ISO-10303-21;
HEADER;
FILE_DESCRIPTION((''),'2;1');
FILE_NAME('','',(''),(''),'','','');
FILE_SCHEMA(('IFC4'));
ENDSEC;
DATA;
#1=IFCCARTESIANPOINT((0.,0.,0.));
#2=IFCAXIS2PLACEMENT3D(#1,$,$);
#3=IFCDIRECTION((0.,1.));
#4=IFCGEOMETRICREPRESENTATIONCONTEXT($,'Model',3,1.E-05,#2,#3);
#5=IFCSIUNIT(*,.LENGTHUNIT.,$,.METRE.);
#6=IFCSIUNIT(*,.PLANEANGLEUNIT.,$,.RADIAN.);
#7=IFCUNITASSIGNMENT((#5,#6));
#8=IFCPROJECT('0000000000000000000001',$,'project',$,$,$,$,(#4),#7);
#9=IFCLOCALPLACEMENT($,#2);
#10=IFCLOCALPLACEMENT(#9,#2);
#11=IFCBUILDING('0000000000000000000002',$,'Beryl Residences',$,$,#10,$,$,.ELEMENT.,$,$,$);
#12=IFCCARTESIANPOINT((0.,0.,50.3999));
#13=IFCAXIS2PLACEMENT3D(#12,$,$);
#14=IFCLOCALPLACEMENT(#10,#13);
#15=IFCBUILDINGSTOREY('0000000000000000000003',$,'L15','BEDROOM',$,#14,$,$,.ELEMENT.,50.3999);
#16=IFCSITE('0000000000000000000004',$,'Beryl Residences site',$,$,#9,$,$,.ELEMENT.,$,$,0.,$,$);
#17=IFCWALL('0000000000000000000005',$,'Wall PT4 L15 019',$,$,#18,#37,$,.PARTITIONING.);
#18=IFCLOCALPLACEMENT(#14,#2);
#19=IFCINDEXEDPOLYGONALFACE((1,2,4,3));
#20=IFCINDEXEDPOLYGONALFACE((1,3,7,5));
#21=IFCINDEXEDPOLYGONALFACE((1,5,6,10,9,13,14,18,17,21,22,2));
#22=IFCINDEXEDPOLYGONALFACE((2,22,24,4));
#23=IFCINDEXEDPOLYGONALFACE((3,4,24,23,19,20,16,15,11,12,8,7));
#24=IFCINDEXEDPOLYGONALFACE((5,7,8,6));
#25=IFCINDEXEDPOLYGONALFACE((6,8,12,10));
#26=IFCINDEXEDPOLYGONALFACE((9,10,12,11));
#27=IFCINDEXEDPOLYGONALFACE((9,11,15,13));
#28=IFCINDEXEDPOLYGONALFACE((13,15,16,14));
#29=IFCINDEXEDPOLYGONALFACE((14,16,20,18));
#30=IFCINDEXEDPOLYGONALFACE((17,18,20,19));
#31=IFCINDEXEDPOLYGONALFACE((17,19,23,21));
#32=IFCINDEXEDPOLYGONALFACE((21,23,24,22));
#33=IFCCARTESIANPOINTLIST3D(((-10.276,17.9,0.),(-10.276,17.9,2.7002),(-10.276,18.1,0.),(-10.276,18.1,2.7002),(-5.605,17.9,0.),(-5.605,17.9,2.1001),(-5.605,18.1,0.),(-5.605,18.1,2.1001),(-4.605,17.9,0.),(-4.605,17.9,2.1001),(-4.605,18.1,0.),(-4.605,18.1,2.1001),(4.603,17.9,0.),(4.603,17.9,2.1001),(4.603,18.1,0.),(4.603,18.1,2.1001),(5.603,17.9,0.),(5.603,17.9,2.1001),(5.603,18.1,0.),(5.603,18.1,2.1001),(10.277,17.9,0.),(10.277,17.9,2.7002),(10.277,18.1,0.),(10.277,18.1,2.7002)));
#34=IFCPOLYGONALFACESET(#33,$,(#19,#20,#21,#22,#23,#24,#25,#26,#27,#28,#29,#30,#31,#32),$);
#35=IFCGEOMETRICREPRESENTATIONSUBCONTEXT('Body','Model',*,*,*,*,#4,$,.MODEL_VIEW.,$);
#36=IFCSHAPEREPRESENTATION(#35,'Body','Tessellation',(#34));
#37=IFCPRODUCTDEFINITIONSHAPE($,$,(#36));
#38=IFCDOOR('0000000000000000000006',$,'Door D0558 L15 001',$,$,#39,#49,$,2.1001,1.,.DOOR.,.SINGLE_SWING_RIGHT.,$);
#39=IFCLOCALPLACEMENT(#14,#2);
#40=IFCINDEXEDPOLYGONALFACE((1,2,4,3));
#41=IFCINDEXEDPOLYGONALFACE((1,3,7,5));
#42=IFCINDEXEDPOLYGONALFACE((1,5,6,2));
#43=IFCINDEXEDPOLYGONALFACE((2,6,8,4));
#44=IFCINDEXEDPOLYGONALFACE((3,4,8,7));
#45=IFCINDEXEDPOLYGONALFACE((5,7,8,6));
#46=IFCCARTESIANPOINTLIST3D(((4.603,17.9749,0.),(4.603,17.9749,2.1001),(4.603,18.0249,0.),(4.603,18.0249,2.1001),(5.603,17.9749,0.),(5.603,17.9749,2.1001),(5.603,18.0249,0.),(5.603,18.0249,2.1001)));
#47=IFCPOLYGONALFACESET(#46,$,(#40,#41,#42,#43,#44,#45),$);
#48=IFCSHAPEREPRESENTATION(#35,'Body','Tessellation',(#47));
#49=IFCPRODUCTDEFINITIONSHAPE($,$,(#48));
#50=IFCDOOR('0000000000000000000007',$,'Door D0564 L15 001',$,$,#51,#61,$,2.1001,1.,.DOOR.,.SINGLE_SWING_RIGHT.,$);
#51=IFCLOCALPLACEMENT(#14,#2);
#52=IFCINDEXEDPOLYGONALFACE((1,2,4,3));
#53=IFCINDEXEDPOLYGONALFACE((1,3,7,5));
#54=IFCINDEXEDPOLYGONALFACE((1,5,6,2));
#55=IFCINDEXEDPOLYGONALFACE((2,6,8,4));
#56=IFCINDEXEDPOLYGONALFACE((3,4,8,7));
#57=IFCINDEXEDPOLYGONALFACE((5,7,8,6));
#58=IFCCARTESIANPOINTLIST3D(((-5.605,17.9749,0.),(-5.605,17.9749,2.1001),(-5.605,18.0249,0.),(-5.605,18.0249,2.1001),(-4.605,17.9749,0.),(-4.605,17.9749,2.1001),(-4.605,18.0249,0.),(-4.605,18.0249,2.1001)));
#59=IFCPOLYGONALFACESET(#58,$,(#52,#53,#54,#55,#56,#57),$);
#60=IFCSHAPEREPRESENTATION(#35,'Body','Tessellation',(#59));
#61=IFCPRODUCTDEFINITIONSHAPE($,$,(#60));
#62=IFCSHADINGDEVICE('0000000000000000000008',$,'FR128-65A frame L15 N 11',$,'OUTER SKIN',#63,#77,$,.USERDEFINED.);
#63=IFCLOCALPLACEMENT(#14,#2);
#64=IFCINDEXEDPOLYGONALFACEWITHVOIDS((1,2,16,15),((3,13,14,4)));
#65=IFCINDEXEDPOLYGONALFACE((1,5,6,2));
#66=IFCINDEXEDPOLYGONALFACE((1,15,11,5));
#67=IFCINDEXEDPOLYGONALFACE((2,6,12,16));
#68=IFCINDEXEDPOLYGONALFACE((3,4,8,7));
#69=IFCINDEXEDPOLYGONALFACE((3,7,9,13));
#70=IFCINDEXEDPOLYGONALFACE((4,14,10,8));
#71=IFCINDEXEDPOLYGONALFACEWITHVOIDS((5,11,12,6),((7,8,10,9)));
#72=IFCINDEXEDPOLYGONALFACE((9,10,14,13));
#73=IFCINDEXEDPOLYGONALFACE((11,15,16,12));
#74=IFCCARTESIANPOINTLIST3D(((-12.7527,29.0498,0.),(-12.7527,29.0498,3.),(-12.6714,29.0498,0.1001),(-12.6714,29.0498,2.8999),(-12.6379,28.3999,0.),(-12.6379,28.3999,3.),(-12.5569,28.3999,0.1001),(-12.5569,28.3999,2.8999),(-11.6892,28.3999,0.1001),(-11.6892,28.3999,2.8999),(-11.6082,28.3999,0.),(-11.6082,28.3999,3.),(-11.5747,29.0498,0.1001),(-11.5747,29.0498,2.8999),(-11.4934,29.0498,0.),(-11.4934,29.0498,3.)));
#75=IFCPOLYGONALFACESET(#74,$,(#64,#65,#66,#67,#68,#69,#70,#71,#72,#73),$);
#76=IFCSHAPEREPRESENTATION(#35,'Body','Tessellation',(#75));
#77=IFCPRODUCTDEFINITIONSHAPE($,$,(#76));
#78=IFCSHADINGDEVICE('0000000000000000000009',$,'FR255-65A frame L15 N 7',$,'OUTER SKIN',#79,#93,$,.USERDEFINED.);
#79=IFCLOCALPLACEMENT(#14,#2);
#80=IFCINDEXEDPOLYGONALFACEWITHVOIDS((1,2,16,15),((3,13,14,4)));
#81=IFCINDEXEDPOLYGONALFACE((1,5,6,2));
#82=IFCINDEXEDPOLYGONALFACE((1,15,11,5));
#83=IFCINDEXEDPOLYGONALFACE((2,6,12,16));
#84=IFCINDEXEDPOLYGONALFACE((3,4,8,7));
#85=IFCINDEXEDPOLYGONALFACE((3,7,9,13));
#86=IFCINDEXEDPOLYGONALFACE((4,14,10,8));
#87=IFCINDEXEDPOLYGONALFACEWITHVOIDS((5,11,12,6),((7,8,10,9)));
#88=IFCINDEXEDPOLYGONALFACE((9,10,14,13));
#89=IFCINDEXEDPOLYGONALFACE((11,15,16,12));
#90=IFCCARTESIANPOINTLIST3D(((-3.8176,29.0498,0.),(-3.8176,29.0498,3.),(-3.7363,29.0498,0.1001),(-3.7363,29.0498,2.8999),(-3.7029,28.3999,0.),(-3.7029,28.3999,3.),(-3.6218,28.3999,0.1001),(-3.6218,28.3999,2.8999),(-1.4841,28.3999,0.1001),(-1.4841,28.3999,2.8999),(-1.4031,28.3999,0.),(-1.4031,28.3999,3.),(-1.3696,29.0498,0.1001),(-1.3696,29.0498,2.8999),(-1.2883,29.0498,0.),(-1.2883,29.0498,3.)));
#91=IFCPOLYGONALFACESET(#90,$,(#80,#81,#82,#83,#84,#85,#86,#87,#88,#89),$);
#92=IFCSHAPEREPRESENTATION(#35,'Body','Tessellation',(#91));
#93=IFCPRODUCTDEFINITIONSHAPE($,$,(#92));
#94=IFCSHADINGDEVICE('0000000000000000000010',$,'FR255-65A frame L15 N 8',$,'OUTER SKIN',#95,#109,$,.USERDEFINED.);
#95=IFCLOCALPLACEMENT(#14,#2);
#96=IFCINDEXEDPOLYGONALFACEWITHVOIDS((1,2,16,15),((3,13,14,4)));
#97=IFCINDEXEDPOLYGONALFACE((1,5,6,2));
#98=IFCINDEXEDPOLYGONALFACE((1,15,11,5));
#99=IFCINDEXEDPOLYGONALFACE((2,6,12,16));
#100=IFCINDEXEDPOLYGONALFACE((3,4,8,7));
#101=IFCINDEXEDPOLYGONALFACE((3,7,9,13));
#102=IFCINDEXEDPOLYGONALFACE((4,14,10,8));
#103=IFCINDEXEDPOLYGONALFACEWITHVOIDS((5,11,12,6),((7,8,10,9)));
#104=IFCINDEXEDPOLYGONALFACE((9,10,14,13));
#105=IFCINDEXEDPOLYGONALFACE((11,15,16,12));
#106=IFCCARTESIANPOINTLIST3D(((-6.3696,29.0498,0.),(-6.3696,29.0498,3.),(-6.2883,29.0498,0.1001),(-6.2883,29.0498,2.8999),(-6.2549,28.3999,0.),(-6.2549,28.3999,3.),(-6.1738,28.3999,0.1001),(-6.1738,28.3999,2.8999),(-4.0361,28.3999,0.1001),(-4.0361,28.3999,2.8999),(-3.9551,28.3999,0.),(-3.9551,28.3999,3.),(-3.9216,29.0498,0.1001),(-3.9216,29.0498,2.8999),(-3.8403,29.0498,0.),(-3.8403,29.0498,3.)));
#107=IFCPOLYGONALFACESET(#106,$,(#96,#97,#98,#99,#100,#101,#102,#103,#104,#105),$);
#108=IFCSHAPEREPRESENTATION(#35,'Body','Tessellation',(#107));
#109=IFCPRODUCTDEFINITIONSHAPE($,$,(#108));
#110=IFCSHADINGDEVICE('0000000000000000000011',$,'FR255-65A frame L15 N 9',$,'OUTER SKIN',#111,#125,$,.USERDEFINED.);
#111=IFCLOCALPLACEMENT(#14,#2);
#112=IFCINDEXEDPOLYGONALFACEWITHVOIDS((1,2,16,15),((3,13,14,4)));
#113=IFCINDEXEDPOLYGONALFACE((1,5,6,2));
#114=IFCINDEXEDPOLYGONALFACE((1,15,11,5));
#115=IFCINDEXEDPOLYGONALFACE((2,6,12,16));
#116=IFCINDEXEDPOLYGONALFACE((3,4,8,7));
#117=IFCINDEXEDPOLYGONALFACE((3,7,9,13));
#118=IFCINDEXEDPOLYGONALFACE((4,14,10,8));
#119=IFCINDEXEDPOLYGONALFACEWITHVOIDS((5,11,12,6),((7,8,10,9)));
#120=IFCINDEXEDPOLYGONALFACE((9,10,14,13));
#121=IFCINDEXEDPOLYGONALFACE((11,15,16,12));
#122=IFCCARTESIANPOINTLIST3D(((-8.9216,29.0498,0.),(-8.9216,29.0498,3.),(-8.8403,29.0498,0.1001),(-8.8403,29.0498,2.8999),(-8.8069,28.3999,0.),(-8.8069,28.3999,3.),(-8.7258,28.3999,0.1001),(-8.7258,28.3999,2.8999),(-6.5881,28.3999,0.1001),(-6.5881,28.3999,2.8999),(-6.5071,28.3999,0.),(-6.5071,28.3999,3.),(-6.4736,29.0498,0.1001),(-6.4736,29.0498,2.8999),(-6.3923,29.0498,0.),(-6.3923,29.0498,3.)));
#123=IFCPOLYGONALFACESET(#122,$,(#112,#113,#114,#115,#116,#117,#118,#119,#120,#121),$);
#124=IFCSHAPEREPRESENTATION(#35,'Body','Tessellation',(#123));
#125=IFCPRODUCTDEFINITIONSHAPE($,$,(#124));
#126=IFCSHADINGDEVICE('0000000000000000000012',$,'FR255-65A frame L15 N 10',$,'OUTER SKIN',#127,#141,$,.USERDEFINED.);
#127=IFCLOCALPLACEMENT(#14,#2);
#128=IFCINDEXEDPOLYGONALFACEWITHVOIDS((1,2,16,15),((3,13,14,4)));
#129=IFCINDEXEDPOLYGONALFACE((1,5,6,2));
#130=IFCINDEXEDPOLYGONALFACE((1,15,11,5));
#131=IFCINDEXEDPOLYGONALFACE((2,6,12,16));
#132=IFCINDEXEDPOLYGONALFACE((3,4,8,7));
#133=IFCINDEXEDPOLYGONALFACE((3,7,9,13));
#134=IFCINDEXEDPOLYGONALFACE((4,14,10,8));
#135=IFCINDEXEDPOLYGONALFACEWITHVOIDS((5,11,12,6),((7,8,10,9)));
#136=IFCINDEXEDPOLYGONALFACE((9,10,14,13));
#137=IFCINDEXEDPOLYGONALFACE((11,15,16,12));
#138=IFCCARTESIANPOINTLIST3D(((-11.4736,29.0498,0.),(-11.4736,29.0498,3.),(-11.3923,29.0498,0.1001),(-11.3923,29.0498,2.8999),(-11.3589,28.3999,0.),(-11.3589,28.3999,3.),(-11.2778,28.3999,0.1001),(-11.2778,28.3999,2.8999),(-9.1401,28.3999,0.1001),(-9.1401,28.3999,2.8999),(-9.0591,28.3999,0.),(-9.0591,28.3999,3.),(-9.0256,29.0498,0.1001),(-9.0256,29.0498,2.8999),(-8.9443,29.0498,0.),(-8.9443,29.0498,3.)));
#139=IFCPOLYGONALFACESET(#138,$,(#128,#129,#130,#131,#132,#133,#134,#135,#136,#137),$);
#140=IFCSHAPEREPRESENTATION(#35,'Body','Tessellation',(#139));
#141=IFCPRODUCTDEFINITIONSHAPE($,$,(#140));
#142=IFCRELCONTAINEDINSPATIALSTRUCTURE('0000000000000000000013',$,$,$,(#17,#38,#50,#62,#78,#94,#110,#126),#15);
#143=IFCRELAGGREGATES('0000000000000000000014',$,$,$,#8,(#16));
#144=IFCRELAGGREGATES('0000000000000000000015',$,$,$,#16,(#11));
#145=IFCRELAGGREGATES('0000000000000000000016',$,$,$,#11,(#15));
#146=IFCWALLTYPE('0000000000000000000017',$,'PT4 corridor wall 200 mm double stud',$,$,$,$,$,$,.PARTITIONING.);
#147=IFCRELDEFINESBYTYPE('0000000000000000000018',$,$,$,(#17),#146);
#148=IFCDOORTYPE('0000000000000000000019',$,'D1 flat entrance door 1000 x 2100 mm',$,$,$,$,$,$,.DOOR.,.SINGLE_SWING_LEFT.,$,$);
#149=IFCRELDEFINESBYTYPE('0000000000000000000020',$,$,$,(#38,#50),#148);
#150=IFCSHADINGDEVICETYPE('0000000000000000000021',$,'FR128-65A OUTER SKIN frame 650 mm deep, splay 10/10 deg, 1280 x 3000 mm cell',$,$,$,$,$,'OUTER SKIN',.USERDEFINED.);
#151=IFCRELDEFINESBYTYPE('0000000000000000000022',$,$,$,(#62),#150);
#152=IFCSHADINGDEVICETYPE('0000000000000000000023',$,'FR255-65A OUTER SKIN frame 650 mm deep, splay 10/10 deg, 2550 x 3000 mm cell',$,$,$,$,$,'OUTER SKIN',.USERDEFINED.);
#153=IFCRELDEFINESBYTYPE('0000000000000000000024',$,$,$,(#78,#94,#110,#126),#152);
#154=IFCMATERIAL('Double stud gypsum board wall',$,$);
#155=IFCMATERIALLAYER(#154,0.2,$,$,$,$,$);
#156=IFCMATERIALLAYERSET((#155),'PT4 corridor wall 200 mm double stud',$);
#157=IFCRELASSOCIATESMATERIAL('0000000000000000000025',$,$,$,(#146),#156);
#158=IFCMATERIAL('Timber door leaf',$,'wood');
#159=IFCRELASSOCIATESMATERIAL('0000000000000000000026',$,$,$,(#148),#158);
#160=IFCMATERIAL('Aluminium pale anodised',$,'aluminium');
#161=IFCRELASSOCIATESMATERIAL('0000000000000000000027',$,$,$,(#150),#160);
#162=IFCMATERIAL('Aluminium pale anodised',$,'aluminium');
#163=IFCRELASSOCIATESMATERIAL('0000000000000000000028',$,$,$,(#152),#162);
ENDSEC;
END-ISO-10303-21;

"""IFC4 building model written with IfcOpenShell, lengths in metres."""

from ifc_helpers import new_model, entity, si_unit, direction, frame, frame_2d, origin, place, context, subcontext, project, spatial, rectangle, extrude, source, transform, mapped, material, layer, layer_set, type_object, type_shapes, element, fill, save


model = new_model("IFC4")

# Units and contexts
model_context = context("Model", 3, precision=1e-05, world=origin(), true_north=direction((0.0, 1.0)))
body_context = subcontext(model_context, "Body", "Model", "MODEL_VIEW")
ifc_project = project(units=[si_unit("LENGTHUNIT", "METRE"), si_unit("PLANEANGLEUNIT", "RADIAN")], contexts=[model_context])

# Site, building, storey
site_placement = place(None, origin())
site = spatial("IfcSite", under=ifc_project, at=site_placement, Name="Beryl Residences site", CompositionType="ELEMENT", RefElevation=0.0)
building_placement = place(site_placement, origin())
building = spatial("IfcBuilding", under=site, at=building_placement, Name="Beryl Residences", CompositionType="ELEMENT")
storey_placement = place(building_placement, frame((0.0, 0.0, 50.3999)))
storey = spatial("IfcBuildingStorey", under=building, at=storey_placement, Name="L15", Description="BEDROOM", CompositionType="ELEMENT", Elevation=50.3999)

# Shared definitions
ifc_material_1 = material(Name="Double stud gypsum board wall")
ifc_layer_1 = layer(ifc_material_1, 0.2)
ifc_layer_set_1 = layer_set([ifc_layer_1], Name="PT4 corridor wall 200 mm double stud")
wall_type_1 = type_object("IfcWallType", Name="PT4 corridor wall 200 mm double stud", PredefinedType="PARTITIONING", material=ifc_layer_set_1)

# Wall, openings, doors
wall_1_placement = place(storey_placement, frame((-10.2759, 18.0, 0.0), z_axis=(0.0, 0.0, 1.0), x_axis=(1.0, 0.0, 0.0)))
wall_1 = element("IfcWall", 1, at=wall_1_placement, inside=storey, type_object=wall_type_1, Name="Wall PT4 L15 019", PredefinedType="PARTITIONING", context=body_context, shape_type="SweptSolid", body=[
    extrude(rectangle(XDim=20.553, YDim=0.2, at=frame_2d((10.2764, 0.0))), origin(), (0.0, 0.0, 1.0), 2.7002),
])
opening_1_placement = place(wall_1_placement, frame((14.8789, 0.0, 0.0)))
opening_1 = element("IfcOpeningElement", 2, at=opening_1_placement, cuts=wall_1, PredefinedType="OPENING", context=body_context, shape_type="SweptSolid", body=[
    extrude(rectangle(XDim=1.0, YDim=2.1001, at=frame_2d((0.5, 1.05))), frame((0.0, 0.1099, 0.0), z_axis=(0.0, -1.0, 0.0), x_axis=(1.0, 0.0, 0.0)), (0.0, 0.0, 1.0), 0.22),
])
opening_2_placement = place(wall_1_placement, frame((4.6709, 0.0, 0.0)))
opening_2 = element("IfcOpeningElement", 3, at=opening_2_placement, cuts=wall_1, PredefinedType="OPENING", context=body_context, shape_type="SweptSolid", body=[
    extrude(rectangle(XDim=1.0, YDim=2.1001, at=frame_2d((0.5, 1.05))), frame((0.0, 0.1099, 0.0), z_axis=(0.0, -1.0, 0.0), x_axis=(1.0, 0.0, 0.0)), (0.0, 0.0, 1.0), 0.22),
])
ifc_material_2 = material(Name="Timber door leaf", Category="wood")
door_type_1 = type_object("IfcDoorType", Name="D1 flat entrance door 1000 x 2100 mm", OperationType="SINGLE_SWING_LEFT", PredefinedType="DOOR", material=ifc_material_2)
door_1_placement = place(opening_1_placement, origin())
door_1 = element("IfcDoor", 4, at=door_1_placement, inside=storey, type_object=door_type_1, Name="Door D0558 L15 001", OperationType="SINGLE_SWING_RIGHT", OverallHeight=2.1001, OverallWidth=1.0, PredefinedType="DOOR", context=body_context, shape_type="SweptSolid", body=[
    extrude(rectangle(XDim=1.0, YDim=2.1001, at=frame_2d((0.5, 1.05))), frame((0.0, 0.0249, 0.0), z_axis=(0.0, -1.0, 0.0), x_axis=(1.0, 0.0, 0.0)), (0.0, 0.0, 1.0), 0.05),
])
fill(opening_1, door_1)
door_2_placement = place(opening_2_placement, origin())
door_2 = element("IfcDoor", 5, at=door_2_placement, inside=storey, type_object=door_type_1, Name="Door D0564 L15 001", OperationType="SINGLE_SWING_RIGHT", OverallHeight=2.1001, OverallWidth=1.0, PredefinedType="DOOR", context=body_context, shape_type="SweptSolid", body=[
    extrude(rectangle(XDim=1.0, YDim=2.1001, at=frame_2d((0.5, 1.05))), frame((0.0, 0.0249, 0.0), z_axis=(0.0, -1.0, 0.0), x_axis=(1.0, 0.0, 0.0)), (0.0, 0.0, 1.0), 0.05),
])
fill(opening_2, door_2)

# Shading devices
ifc_material_3 = material(Name="Aluminium pale anodised", Category="aluminium")
shading_device_type_1 = type_object("IfcShadingDeviceType", Name="FR128-65A OUTER SKIN frame 650 mm deep, splay 10/10 deg, 1280 x 3000 mm cell", ElementType="OUTER SKIN", PredefinedType="USERDEFINED", material=ifc_material_3)
cartesian_point_1 = entity("IfcCartesianPoint", [-0.5149, 0.0])
cartesian_point_2 = entity("IfcCartesianPoint", [-0.4338, 0.1001])
cartesian_point_3 = entity("IfcCartesianPoint", [-0.6296, 0.0])
cartesian_point_4 = entity("IfcCartesianPoint", [-0.5483, 0.1001])
shared_shape_1 = source(origin(), body_context, "Body", "SweptSolid", [
    entity("IfcExtrudedAreaSolidTapered", entity("IfcArbitraryProfileDefWithVoids", "AREA", None, entity("IfcPolyline", [cartesian_point_1, entity("IfcCartesianPoint", [0.5149, 0.0]), entity("IfcCartesianPoint", [0.5149, 3.0]), entity("IfcCartesianPoint", [-0.5149, 3.0]), cartesian_point_1]), [entity("IfcPolyline", [cartesian_point_2, entity("IfcCartesianPoint", [0.4338, 0.1001]), entity("IfcCartesianPoint", [0.4338, 2.8999]), entity("IfcCartesianPoint", [-0.4338, 2.8999]), cartesian_point_2])]), entity("IfcAxis2Placement3D", entity("IfcCartesianPoint", [0.0, 0.0, 0.0]), entity("IfcDirection", [0.0, 1.0, 0.0]), entity("IfcDirection", [-1.0, 0.0, 0.0])), entity("IfcDirection", [0.0, 0.0, 1.0]), 0.6499, entity("IfcArbitraryProfileDefWithVoids", "AREA", None, entity("IfcPolyline", [cartesian_point_3, entity("IfcCartesianPoint", [0.6296, 0.0]), entity("IfcCartesianPoint", [0.6296, 3.0]), entity("IfcCartesianPoint", [-0.6296, 3.0]), cartesian_point_3]), [entity("IfcPolyline", [cartesian_point_4, entity("IfcCartesianPoint", [0.5483, 0.1001]), entity("IfcCartesianPoint", [0.5483, 2.8999]), entity("IfcCartesianPoint", [-0.5483, 2.8999]), cartesian_point_4])])),
])
type_shapes(shading_device_type_1, [shared_shape_1])
shading_device_placement = place(storey_placement, frame((-12.123, 28.3999, 0.0), z_axis=(0.0, 0.0, 1.0), x_axis=(1.0, 0.0, 0.0)))
element("IfcShadingDevice", 6, at=shading_device_placement, inside=storey, type_object=shading_device_type_1, Name="FR128-65A frame L15 N 11", ObjectType="OUTER SKIN", PredefinedType="USERDEFINED", context=body_context, shape_type="MappedRepresentation", body=[
    mapped(shared_shape_1, transform((0.0, 0.0, 0.0))),
])
ifc_material_4 = material(Name="Aluminium pale anodised", Category="aluminium")
shading_device_type_2 = type_object("IfcShadingDeviceType", Name="FR255-65A OUTER SKIN frame 650 mm deep, splay 10/10 deg, 2550 x 3000 mm cell", ElementType="OUTER SKIN", PredefinedType="USERDEFINED", material=ifc_material_4)
cartesian_point_5 = entity("IfcCartesianPoint", [-1.1499, 0.0])
cartesian_point_6 = entity("IfcCartesianPoint", [-1.0688, 0.1001])
cartesian_point_7 = entity("IfcCartesianPoint", [-1.2646, 0.0])
cartesian_point_8 = entity("IfcCartesianPoint", [-1.1833, 0.1001])
shared_shape_2 = source(origin(), body_context, "Body", "SweptSolid", [
    entity("IfcExtrudedAreaSolidTapered", entity("IfcArbitraryProfileDefWithVoids", "AREA", None, entity("IfcPolyline", [cartesian_point_5, entity("IfcCartesianPoint", [1.1499, 0.0]), entity("IfcCartesianPoint", [1.1499, 3.0]), entity("IfcCartesianPoint", [-1.1499, 3.0]), cartesian_point_5]), [entity("IfcPolyline", [cartesian_point_6, entity("IfcCartesianPoint", [1.0688, 0.1001]), entity("IfcCartesianPoint", [1.0688, 2.8999]), entity("IfcCartesianPoint", [-1.0688, 2.8999]), cartesian_point_6])]), entity("IfcAxis2Placement3D", entity("IfcCartesianPoint", [0.0, 0.0, 0.0]), entity("IfcDirection", [0.0, 1.0, 0.0]), entity("IfcDirection", [-1.0, 0.0, 0.0])), entity("IfcDirection", [0.0, 0.0, 1.0]), 0.6499, entity("IfcArbitraryProfileDefWithVoids", "AREA", None, entity("IfcPolyline", [cartesian_point_7, entity("IfcCartesianPoint", [1.2646, 0.0]), entity("IfcCartesianPoint", [1.2646, 3.0]), entity("IfcCartesianPoint", [-1.2646, 3.0]), cartesian_point_7]), [entity("IfcPolyline", [cartesian_point_8, entity("IfcCartesianPoint", [1.1833, 0.1001]), entity("IfcCartesianPoint", [1.1833, 2.8999]), entity("IfcCartesianPoint", [-1.1833, 2.8999]), cartesian_point_8])])),
])
type_shapes(shading_device_type_2, [shared_shape_2])
for number, where, z_axis, x_axis, name in (
    (7, (-2.553, 28.3999, 0.0), (0.0, 0.0, 1.0), (1.0, 0.0, 0.0), "FR255-65A frame L15 N 7"),
    (8, (-5.105, 28.3999, 0.0), (0.0, 0.0, 1.0), (1.0, 0.0, 0.0), "FR255-65A frame L15 N 8"),
    (9, (-7.657, 28.3999, 0.0), (0.0, 0.0, 1.0), (1.0, 0.0, 0.0), "FR255-65A frame L15 N 9"),
    (10, (-10.209, 28.3999, 0.0), (0.0, 0.0, 1.0), (1.0, 0.0, 0.0), "FR255-65A frame L15 N 10"),
):
    element("IfcShadingDevice", number, at=place(storey_placement, frame(where, z_axis=z_axis, x_axis=x_axis)), inside=storey, type_object=shading_device_type_2, Name=name, ObjectType="OUTER SKIN", PredefinedType="USERDEFINED", context=body_context, shape_type="MappedRepresentation", body=[
        mapped(shared_shape_2, transform((0.0, 0.0, 0.0))),
    ])

save(model, "model.ifc")
